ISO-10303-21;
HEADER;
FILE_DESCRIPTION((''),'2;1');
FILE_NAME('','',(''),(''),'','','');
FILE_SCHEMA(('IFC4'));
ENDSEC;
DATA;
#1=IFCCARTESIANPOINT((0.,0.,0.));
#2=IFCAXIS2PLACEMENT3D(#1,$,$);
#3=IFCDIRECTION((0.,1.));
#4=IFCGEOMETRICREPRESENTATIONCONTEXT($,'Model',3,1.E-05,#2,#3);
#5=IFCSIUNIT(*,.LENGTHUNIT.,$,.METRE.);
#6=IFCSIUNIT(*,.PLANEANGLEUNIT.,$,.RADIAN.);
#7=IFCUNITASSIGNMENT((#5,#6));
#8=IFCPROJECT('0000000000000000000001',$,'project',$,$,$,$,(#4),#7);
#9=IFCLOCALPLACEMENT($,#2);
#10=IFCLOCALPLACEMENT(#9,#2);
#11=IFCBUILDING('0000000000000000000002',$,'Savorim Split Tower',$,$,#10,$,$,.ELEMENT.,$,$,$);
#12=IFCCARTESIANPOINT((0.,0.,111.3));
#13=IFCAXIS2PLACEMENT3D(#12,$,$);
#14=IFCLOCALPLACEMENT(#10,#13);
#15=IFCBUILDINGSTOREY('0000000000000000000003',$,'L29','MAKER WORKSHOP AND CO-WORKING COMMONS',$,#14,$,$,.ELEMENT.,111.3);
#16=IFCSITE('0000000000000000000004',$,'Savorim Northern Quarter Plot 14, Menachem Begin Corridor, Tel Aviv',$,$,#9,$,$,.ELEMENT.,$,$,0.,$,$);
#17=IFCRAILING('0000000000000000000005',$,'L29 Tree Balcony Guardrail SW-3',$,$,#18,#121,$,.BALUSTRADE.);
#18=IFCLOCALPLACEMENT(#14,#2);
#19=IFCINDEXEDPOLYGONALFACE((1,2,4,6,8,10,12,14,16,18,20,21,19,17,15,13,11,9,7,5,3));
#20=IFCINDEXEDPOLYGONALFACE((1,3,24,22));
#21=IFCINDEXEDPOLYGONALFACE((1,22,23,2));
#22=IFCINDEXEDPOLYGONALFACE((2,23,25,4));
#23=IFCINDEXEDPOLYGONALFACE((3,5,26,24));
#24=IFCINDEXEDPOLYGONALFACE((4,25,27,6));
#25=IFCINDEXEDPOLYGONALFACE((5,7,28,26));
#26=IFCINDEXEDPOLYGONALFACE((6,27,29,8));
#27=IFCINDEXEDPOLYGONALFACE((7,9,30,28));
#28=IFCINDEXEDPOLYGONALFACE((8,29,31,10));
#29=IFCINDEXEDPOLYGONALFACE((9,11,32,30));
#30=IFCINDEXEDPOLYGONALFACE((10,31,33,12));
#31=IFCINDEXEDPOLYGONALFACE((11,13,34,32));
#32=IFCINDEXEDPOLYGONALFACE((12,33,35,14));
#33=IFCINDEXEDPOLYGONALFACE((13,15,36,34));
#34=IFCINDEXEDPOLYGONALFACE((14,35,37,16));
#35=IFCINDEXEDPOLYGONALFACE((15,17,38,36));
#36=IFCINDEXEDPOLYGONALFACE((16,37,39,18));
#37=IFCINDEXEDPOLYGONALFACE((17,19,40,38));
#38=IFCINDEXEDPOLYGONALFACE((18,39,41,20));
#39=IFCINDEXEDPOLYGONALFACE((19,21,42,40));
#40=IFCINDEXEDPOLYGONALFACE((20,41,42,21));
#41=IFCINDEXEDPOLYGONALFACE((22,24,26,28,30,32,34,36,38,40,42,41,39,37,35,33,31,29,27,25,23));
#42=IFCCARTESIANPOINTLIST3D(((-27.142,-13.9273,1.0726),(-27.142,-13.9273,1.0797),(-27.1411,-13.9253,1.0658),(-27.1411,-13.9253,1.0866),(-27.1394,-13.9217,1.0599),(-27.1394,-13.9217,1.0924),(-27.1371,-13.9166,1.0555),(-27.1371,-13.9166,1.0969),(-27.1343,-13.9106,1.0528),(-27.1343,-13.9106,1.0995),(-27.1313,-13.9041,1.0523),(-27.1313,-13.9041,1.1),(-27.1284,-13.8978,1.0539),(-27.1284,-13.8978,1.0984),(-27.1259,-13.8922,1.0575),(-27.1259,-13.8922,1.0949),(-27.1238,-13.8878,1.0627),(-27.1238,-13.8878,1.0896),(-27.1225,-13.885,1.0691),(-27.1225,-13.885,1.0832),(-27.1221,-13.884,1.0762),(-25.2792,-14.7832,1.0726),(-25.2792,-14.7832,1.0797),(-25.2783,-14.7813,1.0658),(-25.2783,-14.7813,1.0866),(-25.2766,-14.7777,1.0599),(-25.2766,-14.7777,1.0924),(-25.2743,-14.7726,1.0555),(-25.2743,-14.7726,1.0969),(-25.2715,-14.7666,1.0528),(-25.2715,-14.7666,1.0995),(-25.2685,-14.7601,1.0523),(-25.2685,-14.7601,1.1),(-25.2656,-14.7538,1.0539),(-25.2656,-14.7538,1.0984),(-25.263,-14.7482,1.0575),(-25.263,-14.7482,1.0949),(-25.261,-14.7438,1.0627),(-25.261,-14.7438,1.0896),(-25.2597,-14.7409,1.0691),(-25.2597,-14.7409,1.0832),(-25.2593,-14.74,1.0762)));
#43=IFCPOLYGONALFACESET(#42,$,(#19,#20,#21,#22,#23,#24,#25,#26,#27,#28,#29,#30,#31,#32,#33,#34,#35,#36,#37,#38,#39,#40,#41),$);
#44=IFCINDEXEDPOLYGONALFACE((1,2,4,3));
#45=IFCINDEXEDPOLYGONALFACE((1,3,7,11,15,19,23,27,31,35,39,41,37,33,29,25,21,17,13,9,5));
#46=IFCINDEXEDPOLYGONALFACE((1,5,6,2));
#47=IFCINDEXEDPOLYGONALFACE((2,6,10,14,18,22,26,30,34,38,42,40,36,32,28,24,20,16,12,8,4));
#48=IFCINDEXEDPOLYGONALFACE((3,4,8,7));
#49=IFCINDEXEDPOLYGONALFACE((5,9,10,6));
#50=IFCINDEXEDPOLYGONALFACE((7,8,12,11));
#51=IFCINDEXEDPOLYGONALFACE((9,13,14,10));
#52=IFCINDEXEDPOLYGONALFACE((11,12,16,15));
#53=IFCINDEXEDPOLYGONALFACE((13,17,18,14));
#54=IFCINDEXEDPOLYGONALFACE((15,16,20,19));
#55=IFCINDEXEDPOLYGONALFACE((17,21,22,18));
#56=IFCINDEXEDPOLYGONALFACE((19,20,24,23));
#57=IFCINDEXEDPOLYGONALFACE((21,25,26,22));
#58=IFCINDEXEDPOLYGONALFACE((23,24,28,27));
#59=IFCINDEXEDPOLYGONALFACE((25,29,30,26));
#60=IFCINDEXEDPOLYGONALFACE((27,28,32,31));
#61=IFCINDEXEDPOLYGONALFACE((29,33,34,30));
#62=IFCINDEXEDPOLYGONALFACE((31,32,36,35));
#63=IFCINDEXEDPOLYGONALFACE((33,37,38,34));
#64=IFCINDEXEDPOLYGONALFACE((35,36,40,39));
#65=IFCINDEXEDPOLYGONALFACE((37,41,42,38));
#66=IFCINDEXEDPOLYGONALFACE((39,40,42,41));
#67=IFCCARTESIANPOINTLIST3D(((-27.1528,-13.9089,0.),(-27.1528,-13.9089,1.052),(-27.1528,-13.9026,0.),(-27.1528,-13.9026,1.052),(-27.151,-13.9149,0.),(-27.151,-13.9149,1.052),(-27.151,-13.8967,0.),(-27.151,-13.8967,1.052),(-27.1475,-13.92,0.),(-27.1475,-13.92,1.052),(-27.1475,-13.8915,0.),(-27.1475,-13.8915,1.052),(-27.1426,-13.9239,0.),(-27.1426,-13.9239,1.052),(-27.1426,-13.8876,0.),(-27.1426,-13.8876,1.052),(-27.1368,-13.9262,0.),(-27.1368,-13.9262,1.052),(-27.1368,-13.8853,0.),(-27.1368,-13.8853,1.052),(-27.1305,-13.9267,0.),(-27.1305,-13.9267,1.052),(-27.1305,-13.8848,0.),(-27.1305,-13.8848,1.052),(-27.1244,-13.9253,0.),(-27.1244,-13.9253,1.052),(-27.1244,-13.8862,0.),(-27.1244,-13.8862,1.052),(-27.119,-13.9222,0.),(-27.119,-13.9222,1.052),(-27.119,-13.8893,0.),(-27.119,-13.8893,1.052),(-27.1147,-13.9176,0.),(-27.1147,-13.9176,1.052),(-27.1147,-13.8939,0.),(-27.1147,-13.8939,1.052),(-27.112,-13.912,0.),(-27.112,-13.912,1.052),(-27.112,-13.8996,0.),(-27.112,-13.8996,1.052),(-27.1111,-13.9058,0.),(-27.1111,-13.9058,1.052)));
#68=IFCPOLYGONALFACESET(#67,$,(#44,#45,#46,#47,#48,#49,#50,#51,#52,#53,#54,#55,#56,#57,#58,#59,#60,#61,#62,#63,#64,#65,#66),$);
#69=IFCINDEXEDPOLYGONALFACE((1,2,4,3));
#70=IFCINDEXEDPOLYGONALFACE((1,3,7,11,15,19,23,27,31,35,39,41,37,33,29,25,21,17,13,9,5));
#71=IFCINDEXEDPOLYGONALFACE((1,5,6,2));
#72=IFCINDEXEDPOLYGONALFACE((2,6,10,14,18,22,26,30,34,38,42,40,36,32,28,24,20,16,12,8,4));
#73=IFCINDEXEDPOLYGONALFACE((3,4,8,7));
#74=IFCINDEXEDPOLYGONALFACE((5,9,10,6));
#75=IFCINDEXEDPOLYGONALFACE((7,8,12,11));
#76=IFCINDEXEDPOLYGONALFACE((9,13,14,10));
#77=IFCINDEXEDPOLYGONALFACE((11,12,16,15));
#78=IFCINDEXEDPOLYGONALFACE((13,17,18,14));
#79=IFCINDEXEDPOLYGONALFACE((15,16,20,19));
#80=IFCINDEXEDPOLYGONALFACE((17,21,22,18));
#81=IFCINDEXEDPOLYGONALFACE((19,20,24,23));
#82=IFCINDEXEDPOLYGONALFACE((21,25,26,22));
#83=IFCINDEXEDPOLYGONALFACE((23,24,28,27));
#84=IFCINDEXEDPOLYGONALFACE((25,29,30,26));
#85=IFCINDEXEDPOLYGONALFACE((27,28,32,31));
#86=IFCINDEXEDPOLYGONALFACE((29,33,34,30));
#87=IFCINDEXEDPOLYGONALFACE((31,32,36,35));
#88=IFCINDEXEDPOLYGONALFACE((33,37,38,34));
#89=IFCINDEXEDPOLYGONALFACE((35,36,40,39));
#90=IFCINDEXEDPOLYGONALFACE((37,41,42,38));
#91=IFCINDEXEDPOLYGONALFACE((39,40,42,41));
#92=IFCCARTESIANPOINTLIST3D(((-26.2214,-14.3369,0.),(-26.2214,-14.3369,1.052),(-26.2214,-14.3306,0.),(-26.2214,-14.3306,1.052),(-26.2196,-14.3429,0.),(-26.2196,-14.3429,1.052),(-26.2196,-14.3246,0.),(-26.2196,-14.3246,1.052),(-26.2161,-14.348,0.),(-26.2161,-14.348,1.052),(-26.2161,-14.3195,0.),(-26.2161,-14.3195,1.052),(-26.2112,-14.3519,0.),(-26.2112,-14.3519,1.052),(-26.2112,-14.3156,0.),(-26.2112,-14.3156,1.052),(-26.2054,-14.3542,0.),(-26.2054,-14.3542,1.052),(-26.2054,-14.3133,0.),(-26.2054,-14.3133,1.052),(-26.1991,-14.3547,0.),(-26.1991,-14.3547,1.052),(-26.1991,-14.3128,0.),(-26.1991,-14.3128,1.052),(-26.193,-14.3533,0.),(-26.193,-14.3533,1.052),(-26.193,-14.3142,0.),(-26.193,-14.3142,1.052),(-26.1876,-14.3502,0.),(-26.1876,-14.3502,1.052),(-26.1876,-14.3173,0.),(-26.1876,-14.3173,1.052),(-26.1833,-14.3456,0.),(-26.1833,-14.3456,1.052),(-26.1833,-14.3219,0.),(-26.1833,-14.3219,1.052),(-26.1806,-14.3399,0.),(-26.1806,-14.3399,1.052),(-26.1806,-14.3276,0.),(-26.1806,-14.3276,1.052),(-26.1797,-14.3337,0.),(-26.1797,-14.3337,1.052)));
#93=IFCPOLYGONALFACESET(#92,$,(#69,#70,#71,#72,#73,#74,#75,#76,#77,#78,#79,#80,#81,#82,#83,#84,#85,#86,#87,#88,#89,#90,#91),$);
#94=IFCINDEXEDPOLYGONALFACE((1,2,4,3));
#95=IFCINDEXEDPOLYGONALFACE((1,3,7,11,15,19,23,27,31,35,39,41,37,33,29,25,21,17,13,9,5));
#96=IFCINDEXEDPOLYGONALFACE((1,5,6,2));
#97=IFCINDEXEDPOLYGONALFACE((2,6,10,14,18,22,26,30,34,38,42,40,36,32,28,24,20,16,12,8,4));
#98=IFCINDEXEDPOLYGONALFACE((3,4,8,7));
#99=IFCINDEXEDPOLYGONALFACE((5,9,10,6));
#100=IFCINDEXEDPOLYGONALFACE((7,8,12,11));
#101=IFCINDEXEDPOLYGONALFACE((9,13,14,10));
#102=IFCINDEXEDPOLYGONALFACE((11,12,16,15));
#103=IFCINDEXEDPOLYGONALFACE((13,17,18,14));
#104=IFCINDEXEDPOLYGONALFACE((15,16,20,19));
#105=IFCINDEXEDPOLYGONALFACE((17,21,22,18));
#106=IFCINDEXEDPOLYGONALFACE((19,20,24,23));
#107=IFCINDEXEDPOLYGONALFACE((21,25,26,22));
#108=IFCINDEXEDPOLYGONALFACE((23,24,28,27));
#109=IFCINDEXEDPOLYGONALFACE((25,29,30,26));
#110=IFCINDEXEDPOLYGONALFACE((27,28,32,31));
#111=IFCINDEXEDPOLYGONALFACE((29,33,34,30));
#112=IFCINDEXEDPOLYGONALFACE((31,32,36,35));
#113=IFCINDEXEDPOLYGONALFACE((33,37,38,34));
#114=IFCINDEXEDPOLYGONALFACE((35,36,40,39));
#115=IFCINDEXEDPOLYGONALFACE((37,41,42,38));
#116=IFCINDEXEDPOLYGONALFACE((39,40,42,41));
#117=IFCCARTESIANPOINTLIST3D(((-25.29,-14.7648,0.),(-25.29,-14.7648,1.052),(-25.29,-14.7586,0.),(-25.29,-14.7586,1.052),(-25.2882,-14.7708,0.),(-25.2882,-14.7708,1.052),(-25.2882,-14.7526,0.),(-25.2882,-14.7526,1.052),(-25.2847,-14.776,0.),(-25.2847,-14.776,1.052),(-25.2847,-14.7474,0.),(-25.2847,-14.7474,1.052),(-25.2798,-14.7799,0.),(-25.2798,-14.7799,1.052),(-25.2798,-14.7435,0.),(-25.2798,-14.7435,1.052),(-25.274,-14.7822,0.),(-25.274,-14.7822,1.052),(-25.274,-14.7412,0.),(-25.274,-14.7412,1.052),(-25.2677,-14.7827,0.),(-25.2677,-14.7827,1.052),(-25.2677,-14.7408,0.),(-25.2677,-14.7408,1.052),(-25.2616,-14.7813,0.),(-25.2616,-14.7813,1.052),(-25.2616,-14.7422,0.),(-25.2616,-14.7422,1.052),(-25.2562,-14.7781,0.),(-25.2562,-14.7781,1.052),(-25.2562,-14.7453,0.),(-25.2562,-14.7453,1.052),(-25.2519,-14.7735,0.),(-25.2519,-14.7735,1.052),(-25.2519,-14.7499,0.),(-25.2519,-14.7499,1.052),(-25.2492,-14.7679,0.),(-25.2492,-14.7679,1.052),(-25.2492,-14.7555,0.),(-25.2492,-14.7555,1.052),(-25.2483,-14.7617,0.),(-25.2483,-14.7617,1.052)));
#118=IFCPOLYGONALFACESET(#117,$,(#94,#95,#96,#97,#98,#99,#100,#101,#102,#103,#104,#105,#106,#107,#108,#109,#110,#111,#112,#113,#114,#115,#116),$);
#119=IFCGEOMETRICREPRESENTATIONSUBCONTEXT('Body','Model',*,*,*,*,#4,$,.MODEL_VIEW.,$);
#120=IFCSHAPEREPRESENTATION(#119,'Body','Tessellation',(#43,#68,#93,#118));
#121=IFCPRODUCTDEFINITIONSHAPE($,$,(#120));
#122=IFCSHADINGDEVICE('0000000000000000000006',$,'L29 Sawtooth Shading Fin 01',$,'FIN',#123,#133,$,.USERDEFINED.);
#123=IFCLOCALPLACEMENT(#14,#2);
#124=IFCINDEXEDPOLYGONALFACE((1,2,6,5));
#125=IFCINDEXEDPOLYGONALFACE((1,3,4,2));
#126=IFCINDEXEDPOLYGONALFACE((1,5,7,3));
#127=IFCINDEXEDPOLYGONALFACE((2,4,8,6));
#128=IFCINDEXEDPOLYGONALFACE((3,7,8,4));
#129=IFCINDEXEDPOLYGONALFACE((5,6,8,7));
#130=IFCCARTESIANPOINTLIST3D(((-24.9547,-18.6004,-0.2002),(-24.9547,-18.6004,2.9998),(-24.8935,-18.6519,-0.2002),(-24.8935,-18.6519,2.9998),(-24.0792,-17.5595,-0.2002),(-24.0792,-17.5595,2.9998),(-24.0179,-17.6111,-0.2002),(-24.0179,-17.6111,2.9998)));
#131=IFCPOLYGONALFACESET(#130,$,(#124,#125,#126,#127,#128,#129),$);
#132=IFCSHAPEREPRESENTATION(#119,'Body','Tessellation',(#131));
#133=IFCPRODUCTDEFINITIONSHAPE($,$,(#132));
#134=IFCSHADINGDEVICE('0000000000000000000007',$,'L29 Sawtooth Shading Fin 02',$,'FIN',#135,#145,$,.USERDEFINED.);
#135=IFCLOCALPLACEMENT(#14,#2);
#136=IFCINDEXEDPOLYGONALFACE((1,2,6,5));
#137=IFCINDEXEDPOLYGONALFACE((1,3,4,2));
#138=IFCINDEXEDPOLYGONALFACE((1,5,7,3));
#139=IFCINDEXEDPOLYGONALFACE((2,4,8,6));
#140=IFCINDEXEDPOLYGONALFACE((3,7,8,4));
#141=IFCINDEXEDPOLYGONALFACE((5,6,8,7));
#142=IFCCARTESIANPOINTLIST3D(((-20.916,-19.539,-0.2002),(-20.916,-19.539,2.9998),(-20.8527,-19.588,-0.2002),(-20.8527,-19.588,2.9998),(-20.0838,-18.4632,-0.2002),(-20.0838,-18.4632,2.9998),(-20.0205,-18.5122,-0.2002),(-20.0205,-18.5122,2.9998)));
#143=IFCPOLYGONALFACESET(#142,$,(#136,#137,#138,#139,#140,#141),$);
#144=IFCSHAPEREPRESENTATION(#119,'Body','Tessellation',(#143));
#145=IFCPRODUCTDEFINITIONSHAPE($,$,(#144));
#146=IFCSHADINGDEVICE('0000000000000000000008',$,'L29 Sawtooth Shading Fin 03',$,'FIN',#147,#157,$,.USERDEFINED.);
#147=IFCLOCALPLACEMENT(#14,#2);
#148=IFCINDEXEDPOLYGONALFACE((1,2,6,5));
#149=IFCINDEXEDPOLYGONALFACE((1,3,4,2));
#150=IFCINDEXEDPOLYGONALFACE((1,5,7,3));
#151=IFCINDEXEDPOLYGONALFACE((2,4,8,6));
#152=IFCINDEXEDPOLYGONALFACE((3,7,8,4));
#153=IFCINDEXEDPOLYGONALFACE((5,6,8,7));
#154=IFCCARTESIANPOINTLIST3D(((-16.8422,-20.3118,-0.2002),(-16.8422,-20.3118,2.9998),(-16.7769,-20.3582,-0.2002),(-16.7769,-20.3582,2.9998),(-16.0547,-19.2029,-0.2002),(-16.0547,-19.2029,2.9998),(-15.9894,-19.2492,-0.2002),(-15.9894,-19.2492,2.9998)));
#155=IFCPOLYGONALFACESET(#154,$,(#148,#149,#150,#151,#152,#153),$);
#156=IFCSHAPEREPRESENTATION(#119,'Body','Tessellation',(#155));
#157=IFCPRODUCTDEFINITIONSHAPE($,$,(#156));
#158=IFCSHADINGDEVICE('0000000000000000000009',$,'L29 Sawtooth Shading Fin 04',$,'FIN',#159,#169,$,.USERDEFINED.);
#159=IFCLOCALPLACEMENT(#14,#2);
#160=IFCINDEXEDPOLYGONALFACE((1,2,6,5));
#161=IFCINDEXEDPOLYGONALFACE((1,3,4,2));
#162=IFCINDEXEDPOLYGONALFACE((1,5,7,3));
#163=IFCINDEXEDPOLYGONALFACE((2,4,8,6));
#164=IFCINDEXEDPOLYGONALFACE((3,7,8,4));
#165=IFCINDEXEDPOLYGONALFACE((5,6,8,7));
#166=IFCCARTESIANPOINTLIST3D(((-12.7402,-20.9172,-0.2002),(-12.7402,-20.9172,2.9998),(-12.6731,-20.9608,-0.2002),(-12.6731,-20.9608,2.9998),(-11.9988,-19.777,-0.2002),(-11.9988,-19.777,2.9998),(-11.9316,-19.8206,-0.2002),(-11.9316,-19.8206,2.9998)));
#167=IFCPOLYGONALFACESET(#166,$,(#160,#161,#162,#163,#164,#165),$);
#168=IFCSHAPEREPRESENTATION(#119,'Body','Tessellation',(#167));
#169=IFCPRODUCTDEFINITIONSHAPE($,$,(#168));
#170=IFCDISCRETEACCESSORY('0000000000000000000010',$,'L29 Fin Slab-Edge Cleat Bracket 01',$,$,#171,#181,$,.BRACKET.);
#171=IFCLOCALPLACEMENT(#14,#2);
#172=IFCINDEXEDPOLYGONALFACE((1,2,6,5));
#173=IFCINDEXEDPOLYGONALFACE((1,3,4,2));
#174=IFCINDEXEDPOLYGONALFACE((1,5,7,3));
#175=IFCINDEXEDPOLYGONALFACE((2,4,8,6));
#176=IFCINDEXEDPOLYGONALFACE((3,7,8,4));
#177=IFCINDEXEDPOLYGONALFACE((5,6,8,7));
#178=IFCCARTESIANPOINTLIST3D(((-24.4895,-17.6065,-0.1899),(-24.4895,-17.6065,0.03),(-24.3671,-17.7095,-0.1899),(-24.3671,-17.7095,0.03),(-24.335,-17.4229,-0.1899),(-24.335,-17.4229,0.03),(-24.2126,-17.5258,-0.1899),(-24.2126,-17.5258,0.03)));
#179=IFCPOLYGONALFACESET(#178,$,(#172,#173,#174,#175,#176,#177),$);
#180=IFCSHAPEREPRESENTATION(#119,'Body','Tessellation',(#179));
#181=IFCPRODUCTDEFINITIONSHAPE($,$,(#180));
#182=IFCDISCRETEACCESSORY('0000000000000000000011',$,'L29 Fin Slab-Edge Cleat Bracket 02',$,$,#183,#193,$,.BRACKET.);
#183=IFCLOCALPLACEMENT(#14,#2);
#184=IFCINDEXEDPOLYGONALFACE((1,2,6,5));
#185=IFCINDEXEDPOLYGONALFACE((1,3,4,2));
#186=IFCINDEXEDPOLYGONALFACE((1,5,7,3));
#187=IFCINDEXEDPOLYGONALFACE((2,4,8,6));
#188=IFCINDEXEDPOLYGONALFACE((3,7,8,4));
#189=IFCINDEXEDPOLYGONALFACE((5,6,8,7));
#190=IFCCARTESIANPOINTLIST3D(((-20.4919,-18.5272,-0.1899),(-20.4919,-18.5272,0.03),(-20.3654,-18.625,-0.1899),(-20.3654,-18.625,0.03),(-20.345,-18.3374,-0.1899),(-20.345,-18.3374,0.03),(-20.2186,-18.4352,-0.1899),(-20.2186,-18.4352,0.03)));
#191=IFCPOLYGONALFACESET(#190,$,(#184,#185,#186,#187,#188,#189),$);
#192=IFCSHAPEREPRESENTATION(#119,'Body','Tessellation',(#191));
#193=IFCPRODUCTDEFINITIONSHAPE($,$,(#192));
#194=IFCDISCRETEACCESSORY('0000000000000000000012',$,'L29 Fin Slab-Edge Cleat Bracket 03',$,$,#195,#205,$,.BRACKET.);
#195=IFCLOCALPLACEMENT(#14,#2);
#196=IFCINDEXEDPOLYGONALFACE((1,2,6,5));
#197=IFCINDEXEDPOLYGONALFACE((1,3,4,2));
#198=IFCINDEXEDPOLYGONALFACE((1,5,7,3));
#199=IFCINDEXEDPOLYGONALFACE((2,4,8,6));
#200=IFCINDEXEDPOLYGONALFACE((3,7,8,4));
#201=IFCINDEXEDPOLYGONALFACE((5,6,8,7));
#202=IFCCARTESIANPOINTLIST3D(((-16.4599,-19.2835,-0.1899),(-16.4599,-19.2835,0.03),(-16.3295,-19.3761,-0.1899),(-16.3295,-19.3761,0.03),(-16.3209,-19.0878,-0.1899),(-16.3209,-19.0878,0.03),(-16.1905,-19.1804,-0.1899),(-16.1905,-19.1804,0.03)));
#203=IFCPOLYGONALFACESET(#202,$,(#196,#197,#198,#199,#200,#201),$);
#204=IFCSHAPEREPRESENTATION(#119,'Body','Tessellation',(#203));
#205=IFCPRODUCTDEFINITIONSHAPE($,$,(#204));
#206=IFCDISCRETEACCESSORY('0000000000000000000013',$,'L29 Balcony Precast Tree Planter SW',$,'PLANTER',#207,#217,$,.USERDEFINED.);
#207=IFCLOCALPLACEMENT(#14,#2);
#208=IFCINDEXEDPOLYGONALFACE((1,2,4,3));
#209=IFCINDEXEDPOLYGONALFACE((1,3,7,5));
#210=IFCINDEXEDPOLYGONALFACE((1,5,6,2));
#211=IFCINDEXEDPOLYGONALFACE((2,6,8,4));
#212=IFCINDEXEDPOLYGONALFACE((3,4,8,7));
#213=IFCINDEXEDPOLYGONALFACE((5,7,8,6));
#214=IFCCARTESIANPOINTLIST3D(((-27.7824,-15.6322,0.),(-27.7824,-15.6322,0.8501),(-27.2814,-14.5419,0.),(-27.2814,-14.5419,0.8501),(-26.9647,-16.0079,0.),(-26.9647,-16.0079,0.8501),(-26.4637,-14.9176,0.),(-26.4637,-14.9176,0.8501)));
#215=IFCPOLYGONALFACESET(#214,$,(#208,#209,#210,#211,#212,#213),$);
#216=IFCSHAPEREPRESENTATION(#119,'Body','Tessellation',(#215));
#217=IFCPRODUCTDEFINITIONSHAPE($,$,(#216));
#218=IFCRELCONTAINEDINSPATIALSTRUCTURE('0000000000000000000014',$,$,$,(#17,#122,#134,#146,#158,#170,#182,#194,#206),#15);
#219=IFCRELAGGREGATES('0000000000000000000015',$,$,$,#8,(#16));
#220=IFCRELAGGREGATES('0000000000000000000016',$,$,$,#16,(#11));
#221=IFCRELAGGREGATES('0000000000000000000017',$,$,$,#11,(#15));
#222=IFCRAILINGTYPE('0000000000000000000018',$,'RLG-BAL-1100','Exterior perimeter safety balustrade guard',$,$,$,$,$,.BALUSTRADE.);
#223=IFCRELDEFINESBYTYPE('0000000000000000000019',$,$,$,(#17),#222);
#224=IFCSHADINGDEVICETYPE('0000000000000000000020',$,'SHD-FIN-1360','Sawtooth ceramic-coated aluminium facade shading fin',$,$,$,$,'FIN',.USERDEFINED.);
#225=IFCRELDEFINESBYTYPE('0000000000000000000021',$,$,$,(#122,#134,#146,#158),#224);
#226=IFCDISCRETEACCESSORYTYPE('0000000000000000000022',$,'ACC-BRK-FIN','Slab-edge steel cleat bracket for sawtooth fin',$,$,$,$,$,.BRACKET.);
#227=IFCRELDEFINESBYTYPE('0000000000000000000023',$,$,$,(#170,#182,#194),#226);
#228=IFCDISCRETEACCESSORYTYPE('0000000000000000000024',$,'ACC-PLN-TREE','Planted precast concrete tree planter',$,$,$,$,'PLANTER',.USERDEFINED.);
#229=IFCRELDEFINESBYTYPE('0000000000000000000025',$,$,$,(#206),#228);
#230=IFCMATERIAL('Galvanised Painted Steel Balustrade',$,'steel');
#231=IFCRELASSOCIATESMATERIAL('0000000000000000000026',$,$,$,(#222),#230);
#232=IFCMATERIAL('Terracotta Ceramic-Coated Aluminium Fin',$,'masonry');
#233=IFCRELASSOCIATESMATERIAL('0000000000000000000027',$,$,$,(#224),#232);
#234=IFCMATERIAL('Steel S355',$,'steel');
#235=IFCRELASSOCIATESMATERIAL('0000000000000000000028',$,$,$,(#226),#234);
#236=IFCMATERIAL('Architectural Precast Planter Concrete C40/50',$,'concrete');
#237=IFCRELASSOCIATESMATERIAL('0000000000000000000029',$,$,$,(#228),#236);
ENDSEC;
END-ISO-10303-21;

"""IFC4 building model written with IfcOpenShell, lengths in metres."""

from ifc_helpers import new_model, si_unit, direction, frame, origin, origin_2d, place, context, subcontext, project, spatial, rectangle, circle, extrude, material, type_object, element, save


model = new_model("IFC4")

# Units and contexts
model_context = context("Model", 3, precision=1e-05, world=origin(), true_north=direction((0.0, 1.0)))
body_context = subcontext(model_context, "Body", "Model", "MODEL_VIEW")
ifc_project = project(units=[si_unit("LENGTHUNIT", "METRE"), si_unit("PLANEANGLEUNIT", "RADIAN")], contexts=[model_context])

# Site, building, storey
site_placement = place(None, origin())
site = spatial("IfcSite", under=ifc_project, at=site_placement, Name="Savorim Northern Quarter Plot 14, Menachem Begin Corridor, Tel Aviv", CompositionType="ELEMENT", RefElevation=0.0)
building_placement = place(site_placement, origin())
building = spatial("IfcBuilding", under=site, at=building_placement, Name="Savorim Split Tower", CompositionType="ELEMENT")
storey_placement = place(building_placement, frame((0.0, 0.0, 111.3)))
storey = spatial("IfcBuildingStorey", under=building, at=storey_placement, Name="L29", Description="MAKER WORKSHOP AND CO-WORKING COMMONS", CompositionType="ELEMENT", Elevation=111.3)

# Shared definitions
ifc_material_1 = material(Name="Steel S355", Category="steel")

# Railing
ifc_material_2 = material(Name="Galvanised Painted Steel Balustrade", Category="steel")
railing_type = type_object("IfcRailingType", Name="RLG-BAL-1100", Description="Exterior perimeter safety balustrade guard", PredefinedType="BALUSTRADE", material=ifc_material_2)
railing_1_placement = place(storey_placement, frame((-27.1321, -13.9058, 0.0)))
element("IfcRailing", 1, at=railing_1_placement, inside=storey, type_object=railing_type, Name="L29 Tree Balcony Guardrail SW-3", PredefinedType="BALUSTRADE", context=body_context, shape_type="SweptSolid", body=[
    extrude(circle(Radius=0.0239, at=origin_2d()), frame((0.0, 0.0, 1.0762), z_axis=(0.908662, -0.417532, 0.0), x_axis=(0.417532, 0.908662, 0.0)), (0.0, 0.0, 1.0), 2.05),
    extrude(circle(Radius=0.021, at=origin_2d()), origin(), (0.0, 0.0, 1.0), 1.052),
    extrude(circle(Radius=0.021, at=origin_2d()), frame((0.9314, -0.428, 0.0)), (0.0, 0.0, 1.0), 1.052),
    extrude(circle(Radius=0.021, at=origin_2d()), frame((1.8628, -0.856, 0.0)), (0.0, 0.0, 1.0), 1.052),
])

# Shading devices
ifc_material_3 = material(Name="Terracotta Ceramic-Coated Aluminium Fin", Category="masonry")
shading_device_type = type_object("IfcShadingDeviceType", Name="SHD-FIN-1360", Description="Sawtooth ceramic-coated aluminium facade shading fin", ElementType="FIN", PredefinedType="USERDEFINED", material=ifc_material_3)
for number, where, z_axis, x_axis, name in (
    (2, (-24.4863, -18.1057, -0.2002), (0.0, 0.0, 1.0), (-0.643719, -0.765262, 0.0), "L29 Sawtooth Shading Fin 01"),
    (3, (-20.4683, -19.0256, -0.2002), (0.0, 0.0, 1.0), (-0.611868, -0.79096, 0.0), "L29 Sawtooth Shading Fin 02"),
    (4, (-16.4158, -19.7805, -0.2002), (0.0, 0.0, 1.0), (-0.578994, -0.815332, 0.0), "L29 Sawtooth Shading Fin 03"),
    (5, (-12.3359, -20.3689, -0.2002), (0.0, 0.0, 1.0), (-0.545148, -0.83834, 0.0), "L29 Sawtooth Shading Fin 04"),
):
    element("IfcShadingDevice", number, at=place(storey_placement, frame(where, z_axis=z_axis, x_axis=x_axis)), inside=storey, type_object=shading_device_type, Name=name, ObjectType="FIN", PredefinedType="USERDEFINED", context=body_context, shape_type="SweptSolid", body=[
        extrude(rectangle(XDim=1.3601, YDim=0.0801, at=origin_2d()), origin(), (0.0, 0.0, 1.0), 3.2),
    ])

# Discrete accessories
discrete_accessory_type_1 = type_object("IfcDiscreteAccessoryType", Name="ACC-BRK-FIN", Description="Slab-edge steel cleat bracket for sawtooth fin", PredefinedType="BRACKET", material=ifc_material_1)
for number, where, z_axis, x_axis, name in (
    (6, (-24.3511, -17.5662, -0.1899), (0.0, 0.0, 1.0), (-0.643719, -0.765262, 0.0), "L29 Fin Slab-Edge Cleat Bracket 01"),
    (7, (-20.3552, -18.4812, -0.1899), (0.0, 0.0, 1.0), (-0.611868, -0.79096, 0.0), "L29 Fin Slab-Edge Cleat Bracket 02"),
    (8, (-16.3252, -19.2319, -0.1899), (0.0, 0.0, 1.0), (-0.578994, -0.815332, 0.0), "L29 Fin Slab-Edge Cleat Bracket 03"),
):
    element("IfcDiscreteAccessory", number, at=place(storey_placement, frame(where, z_axis=z_axis, x_axis=x_axis)), inside=storey, type_object=discrete_accessory_type_1, Name=name, PredefinedType="BRACKET", context=body_context, shape_type="SweptSolid", body=[
        extrude(rectangle(XDim=0.24, YDim=0.1599, at=origin_2d()), origin(), (0.0, 0.0, 1.0), 0.22),
    ])
ifc_material_4 = material(Name="Architectural Precast Planter Concrete C40/50", Category="concrete")
discrete_accessory_type_2 = type_object("IfcDiscreteAccessoryType", Name="ACC-PLN-TREE", Description="Planted precast concrete tree planter", ElementType="PLANTER", PredefinedType="USERDEFINED", material=ifc_material_4)
discrete_accessory_placement = place(storey_placement, frame((-27.123, -15.2749, 0.0), z_axis=(0.0, 0.0, 1.0), x_axis=(-0.417507, -0.908674, 0.0)))
element("IfcDiscreteAccessory", 9, at=discrete_accessory_placement, inside=storey, type_object=discrete_accessory_type_2, Name="L29 Balcony Precast Tree Planter SW", ObjectType="PLANTER", PredefinedType="USERDEFINED", context=body_context, shape_type="SweptSolid", body=[
    extrude(rectangle(XDim=1.2, YDim=0.8999, at=origin_2d()), origin(), (0.0, 0.0, 1.0), 0.8501),
])

save(model, "model.ifc")
